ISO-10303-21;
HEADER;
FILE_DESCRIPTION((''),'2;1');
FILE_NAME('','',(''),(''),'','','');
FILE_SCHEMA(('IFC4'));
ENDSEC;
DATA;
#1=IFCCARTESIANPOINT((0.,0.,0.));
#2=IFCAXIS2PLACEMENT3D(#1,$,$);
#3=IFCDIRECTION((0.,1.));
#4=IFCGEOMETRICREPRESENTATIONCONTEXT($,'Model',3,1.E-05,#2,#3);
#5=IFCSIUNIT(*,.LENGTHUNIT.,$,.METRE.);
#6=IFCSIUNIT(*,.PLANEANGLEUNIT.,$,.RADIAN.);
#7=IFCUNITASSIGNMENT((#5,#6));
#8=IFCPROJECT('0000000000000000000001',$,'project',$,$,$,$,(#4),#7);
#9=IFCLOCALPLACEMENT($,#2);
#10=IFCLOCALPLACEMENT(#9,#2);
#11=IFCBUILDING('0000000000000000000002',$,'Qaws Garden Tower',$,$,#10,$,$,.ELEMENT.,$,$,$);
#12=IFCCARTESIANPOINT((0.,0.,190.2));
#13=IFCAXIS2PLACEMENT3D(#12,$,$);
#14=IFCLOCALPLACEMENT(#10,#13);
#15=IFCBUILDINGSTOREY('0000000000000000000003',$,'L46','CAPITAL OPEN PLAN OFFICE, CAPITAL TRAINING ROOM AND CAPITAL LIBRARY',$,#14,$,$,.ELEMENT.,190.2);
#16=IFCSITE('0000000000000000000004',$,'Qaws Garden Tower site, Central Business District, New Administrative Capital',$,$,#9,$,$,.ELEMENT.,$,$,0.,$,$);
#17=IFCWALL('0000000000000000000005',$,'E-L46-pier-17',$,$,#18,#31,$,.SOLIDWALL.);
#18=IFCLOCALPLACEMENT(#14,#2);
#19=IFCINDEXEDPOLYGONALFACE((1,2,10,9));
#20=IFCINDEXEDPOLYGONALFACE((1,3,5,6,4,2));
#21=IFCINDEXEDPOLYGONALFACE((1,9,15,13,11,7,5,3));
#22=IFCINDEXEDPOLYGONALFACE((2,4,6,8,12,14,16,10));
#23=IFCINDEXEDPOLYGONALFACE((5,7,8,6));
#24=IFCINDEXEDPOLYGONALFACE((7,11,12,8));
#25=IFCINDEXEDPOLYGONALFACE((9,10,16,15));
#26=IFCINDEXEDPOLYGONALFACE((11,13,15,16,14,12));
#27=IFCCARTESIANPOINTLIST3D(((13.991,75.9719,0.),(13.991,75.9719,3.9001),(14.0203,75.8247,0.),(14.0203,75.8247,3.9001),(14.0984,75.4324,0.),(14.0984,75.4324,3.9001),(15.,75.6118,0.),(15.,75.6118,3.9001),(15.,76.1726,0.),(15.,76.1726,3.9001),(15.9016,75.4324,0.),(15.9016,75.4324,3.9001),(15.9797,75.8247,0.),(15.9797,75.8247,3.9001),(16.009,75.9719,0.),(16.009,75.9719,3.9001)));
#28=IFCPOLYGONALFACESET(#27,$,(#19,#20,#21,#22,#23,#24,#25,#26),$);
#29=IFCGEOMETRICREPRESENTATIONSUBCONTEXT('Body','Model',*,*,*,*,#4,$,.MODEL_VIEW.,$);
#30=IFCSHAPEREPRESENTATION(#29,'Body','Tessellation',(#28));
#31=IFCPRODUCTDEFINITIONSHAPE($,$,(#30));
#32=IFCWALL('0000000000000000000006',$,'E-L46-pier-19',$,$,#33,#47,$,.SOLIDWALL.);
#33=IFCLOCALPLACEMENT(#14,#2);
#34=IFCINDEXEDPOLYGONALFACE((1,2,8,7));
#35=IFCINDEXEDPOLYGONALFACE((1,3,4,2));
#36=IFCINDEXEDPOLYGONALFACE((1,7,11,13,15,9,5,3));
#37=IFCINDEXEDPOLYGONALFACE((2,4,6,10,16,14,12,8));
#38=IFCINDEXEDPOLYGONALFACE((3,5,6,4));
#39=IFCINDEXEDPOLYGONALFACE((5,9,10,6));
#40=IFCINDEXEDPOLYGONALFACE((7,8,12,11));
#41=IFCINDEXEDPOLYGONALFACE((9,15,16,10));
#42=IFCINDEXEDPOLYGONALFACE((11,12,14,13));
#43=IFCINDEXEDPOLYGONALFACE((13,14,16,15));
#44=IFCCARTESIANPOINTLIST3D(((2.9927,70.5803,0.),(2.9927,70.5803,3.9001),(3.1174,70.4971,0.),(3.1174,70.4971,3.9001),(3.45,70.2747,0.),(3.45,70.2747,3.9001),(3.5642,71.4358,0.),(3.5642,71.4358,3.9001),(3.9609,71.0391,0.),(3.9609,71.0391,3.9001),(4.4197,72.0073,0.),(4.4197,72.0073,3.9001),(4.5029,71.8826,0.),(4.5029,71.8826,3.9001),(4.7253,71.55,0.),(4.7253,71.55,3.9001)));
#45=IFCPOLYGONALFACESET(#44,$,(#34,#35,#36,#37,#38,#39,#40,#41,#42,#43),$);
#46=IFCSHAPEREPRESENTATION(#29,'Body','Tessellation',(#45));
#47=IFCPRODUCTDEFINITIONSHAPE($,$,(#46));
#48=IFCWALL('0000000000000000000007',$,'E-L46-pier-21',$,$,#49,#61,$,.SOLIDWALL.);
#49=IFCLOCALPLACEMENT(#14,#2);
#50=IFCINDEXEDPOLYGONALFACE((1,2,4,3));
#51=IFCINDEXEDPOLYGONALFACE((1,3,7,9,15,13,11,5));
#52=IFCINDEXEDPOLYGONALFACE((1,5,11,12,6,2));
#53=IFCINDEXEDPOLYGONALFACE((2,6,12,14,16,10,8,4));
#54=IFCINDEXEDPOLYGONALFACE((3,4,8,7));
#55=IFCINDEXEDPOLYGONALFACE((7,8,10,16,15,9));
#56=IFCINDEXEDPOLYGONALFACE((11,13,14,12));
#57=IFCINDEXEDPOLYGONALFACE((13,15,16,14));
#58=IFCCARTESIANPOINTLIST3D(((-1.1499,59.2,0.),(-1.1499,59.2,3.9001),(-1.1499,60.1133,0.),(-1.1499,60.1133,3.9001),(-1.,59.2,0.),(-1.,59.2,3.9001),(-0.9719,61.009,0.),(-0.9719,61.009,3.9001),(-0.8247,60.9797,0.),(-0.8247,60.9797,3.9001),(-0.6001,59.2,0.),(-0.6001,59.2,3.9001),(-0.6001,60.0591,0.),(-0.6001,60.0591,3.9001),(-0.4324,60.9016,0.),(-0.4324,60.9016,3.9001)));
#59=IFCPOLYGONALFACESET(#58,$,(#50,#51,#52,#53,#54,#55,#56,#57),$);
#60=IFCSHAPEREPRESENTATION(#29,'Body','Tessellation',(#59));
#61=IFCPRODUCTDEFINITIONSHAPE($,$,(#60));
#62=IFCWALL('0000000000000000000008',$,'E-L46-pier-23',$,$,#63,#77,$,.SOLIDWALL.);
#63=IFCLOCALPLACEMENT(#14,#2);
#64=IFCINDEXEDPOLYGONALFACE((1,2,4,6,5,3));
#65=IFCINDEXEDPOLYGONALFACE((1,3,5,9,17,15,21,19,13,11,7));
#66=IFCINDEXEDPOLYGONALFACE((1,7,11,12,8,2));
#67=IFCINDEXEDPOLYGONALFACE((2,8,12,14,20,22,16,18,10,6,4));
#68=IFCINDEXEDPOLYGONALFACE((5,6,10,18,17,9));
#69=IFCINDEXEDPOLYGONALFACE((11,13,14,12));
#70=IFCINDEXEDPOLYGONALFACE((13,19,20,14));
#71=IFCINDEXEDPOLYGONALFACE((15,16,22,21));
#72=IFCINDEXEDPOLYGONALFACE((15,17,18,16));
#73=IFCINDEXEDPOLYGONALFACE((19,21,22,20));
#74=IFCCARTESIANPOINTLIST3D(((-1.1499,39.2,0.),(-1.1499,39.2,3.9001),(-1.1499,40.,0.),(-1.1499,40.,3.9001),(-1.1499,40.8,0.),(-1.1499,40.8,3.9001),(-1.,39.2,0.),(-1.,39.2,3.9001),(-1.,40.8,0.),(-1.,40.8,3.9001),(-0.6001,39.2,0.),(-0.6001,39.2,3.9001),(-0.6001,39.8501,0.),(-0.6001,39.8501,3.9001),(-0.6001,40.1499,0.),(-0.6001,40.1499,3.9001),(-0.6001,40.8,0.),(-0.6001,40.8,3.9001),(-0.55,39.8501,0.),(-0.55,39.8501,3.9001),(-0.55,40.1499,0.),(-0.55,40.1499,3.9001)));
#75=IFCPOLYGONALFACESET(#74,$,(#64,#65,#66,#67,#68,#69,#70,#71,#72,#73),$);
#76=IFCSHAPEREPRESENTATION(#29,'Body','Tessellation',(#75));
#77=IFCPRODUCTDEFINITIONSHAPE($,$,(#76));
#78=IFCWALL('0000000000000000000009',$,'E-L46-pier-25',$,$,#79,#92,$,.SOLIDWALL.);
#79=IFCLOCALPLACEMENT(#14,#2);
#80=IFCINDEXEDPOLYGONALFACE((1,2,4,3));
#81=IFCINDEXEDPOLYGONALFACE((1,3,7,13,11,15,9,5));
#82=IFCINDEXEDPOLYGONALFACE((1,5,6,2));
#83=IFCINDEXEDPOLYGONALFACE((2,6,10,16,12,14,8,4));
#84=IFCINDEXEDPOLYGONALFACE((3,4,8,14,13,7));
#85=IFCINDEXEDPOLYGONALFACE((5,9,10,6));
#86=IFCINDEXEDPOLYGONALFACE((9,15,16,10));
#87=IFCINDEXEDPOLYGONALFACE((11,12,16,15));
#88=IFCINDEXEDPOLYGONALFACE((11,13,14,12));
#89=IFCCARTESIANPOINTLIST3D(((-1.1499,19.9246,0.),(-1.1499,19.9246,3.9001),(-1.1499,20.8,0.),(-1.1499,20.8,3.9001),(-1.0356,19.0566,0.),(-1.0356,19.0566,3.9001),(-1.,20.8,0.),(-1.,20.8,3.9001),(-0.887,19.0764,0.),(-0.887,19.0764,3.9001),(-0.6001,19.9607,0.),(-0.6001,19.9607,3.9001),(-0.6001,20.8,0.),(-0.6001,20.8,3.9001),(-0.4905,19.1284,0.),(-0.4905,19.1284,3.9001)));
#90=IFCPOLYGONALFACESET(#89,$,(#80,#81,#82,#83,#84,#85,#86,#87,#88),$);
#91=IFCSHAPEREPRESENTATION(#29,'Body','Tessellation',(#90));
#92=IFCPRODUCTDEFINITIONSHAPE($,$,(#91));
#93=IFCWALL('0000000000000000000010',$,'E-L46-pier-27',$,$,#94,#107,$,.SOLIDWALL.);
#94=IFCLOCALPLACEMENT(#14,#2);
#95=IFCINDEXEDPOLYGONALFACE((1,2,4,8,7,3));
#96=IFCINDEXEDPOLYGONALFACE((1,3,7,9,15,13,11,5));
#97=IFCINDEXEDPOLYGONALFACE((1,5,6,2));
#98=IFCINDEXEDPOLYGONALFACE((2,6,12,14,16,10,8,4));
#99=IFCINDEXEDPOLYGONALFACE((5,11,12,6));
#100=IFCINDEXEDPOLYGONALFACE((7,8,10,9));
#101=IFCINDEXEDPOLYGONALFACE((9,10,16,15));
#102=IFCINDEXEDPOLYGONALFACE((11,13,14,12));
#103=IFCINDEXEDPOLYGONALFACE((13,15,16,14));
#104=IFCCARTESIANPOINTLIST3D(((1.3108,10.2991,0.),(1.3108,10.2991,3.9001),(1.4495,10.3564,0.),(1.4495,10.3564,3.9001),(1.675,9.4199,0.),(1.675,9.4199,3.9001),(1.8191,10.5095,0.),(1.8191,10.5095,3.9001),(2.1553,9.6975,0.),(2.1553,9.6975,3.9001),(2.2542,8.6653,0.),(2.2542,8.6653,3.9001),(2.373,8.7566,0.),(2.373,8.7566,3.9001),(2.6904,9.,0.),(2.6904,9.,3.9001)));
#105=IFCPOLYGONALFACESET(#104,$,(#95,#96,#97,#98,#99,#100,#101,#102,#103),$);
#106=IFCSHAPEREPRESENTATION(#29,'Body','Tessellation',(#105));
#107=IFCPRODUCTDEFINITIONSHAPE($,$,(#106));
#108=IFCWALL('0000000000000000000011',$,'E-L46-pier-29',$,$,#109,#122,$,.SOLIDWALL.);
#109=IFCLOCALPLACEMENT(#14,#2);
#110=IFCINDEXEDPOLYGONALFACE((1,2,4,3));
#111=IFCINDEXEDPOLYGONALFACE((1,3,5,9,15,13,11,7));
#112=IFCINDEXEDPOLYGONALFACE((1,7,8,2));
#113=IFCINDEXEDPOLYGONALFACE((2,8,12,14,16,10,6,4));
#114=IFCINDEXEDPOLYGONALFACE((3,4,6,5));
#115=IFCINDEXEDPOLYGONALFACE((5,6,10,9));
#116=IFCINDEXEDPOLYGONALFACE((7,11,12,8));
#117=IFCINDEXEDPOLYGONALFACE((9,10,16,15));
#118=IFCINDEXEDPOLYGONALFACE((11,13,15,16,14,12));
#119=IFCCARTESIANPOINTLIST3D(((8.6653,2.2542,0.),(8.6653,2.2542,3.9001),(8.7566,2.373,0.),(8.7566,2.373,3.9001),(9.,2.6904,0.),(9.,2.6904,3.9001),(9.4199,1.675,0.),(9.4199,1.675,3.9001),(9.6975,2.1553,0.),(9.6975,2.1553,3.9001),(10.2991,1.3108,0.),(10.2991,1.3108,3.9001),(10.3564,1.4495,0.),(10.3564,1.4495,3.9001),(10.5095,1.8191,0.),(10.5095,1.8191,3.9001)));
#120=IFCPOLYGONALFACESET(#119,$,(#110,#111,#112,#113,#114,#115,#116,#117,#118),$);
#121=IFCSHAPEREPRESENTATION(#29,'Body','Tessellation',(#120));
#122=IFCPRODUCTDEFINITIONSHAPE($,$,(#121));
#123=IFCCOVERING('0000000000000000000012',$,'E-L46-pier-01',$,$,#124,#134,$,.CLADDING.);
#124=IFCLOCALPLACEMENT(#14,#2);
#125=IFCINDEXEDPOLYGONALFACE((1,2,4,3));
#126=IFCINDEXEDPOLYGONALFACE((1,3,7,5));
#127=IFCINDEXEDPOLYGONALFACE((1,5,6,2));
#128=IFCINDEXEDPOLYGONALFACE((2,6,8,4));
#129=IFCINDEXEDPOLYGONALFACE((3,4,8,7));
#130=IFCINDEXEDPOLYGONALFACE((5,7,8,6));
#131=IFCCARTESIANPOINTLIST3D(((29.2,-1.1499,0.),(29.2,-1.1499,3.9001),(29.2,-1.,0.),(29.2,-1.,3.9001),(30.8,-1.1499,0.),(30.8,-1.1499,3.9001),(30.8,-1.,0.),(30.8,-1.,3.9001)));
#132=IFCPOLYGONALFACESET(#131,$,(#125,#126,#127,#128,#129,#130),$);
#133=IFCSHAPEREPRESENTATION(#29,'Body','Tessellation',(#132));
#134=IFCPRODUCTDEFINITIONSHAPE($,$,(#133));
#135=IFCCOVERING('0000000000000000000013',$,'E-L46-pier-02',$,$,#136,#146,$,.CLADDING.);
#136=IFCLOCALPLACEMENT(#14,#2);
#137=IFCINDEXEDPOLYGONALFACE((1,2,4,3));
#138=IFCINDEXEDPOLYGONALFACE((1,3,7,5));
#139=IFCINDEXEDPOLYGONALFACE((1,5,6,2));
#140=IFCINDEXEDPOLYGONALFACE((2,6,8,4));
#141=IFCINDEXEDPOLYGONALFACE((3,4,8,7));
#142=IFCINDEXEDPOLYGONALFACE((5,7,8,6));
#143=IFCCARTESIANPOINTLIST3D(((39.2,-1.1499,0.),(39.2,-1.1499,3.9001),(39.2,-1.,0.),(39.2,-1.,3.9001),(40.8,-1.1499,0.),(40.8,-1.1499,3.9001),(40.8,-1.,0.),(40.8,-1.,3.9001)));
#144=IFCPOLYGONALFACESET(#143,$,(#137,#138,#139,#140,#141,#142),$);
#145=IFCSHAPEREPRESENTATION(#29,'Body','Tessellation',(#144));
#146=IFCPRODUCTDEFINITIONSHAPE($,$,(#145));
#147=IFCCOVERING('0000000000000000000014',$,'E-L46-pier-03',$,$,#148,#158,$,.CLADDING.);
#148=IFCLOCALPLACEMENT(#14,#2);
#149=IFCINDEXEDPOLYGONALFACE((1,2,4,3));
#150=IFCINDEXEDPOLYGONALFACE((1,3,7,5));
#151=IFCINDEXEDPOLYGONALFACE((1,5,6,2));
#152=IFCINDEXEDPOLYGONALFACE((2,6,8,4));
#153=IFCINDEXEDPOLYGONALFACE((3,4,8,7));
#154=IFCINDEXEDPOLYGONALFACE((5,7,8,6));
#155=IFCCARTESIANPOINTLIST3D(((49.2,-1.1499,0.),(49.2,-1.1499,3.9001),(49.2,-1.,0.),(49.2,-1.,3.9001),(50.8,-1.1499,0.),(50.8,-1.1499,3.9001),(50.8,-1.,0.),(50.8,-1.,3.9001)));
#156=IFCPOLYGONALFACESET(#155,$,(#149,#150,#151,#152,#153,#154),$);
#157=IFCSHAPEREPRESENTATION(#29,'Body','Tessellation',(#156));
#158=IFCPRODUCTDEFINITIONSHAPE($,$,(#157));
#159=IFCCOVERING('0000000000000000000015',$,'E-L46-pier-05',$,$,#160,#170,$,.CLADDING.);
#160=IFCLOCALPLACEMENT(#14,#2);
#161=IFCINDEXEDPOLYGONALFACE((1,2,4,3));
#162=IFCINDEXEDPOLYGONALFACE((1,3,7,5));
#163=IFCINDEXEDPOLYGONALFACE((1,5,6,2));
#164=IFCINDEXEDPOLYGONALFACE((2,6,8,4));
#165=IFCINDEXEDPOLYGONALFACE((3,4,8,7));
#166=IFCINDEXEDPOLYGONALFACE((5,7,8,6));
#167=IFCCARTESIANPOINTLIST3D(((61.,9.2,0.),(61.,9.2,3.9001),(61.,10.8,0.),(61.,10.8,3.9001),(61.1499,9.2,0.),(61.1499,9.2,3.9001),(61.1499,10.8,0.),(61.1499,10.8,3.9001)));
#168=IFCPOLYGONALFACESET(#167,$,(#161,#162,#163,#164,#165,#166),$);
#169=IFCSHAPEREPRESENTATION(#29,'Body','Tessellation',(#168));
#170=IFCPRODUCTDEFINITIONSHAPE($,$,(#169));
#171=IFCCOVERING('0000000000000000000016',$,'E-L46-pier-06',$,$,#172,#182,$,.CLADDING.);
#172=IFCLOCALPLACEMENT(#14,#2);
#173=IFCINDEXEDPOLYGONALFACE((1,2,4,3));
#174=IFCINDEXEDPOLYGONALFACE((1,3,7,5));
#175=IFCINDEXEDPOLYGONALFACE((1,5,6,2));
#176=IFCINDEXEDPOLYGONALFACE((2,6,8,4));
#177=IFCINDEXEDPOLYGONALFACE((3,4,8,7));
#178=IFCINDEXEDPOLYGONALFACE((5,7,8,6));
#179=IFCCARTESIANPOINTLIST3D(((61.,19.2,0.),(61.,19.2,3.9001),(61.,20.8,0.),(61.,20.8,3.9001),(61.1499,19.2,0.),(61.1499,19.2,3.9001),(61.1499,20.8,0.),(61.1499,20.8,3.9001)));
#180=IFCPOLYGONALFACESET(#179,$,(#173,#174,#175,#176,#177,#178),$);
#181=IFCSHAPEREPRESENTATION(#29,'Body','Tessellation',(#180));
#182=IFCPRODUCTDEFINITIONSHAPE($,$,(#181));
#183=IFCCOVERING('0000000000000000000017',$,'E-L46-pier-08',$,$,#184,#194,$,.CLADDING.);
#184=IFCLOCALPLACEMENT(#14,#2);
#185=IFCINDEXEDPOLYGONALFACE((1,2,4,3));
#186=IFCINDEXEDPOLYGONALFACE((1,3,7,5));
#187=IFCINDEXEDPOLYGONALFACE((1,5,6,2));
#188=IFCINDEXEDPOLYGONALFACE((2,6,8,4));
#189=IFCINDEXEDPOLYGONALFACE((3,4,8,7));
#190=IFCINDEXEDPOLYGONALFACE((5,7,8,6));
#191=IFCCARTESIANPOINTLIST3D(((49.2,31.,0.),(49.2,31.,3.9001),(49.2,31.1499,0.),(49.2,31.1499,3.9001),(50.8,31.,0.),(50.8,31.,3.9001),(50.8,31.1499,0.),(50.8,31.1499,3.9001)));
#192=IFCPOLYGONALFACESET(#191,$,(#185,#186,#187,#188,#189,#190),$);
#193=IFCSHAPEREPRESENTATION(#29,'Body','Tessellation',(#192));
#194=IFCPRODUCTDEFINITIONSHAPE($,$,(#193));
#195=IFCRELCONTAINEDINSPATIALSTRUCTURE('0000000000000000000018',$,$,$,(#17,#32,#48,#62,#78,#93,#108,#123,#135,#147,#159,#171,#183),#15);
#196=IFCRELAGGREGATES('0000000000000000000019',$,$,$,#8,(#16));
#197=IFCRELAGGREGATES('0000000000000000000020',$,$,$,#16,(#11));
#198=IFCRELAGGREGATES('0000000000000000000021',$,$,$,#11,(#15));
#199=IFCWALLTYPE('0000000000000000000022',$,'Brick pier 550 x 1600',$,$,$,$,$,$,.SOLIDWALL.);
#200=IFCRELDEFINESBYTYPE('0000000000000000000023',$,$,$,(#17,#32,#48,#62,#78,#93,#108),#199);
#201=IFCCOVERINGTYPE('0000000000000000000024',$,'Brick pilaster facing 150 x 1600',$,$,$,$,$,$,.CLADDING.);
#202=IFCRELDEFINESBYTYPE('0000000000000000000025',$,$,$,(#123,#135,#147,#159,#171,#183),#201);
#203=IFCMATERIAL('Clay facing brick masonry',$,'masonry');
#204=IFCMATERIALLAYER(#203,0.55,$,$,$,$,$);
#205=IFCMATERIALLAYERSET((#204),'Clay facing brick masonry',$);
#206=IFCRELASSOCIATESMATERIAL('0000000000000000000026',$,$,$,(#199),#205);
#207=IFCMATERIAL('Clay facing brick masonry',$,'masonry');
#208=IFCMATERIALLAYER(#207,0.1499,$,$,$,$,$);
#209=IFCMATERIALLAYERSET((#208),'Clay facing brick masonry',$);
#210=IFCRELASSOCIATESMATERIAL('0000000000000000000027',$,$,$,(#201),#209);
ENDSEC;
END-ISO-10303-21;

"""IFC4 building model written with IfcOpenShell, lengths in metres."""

from ifc_helpers import new_model, si_unit, direction, frame, origin, place, context, subcontext, project, spatial, polyline, outline, extrude, material, layer, layer_set, type_object, element, save


model = new_model("IFC4")

# Units and contexts
model_context = context("Model", 3, precision=1e-05, world=origin(), true_north=direction((0.0, 1.0)))
body_context = subcontext(model_context, "Body", "Model", "MODEL_VIEW")
ifc_project = project(units=[si_unit("LENGTHUNIT", "METRE"), si_unit("PLANEANGLEUNIT", "RADIAN")], contexts=[model_context])

# Site, building, storey
site_placement = place(None, origin())
site = spatial("IfcSite", under=ifc_project, at=site_placement, Name="Qaws Garden Tower site, Central Business District, New Administrative Capital", CompositionType="ELEMENT", RefElevation=0.0)
building_placement = place(site_placement, origin())
building = spatial("IfcBuilding", under=site, at=building_placement, Name="Qaws Garden Tower", CompositionType="ELEMENT")
storey_placement = place(building_placement, frame((0.0, 0.0, 190.2)))
storey = spatial("IfcBuildingStorey", under=building, at=storey_placement, Name="L46", Description="CAPITAL OPEN PLAN OFFICE, CAPITAL TRAINING ROOM AND CAPITAL LIBRARY", CompositionType="ELEMENT", Elevation=190.2)

# Walls
placement = place(storey_placement, origin())
ifc_material_1 = material(Name="Clay facing brick masonry", Category="masonry")
ifc_layer_1 = layer(ifc_material_1, 0.55)
ifc_layer_set_1 = layer_set([ifc_layer_1], Name="Clay facing brick masonry")
wall_type_1 = type_object("IfcWallType", Name="Brick pier 550 x 1600", PredefinedType="SOLIDWALL", material=ifc_layer_set_1)
element("IfcWall", 1, at=placement, inside=storey, type_object=wall_type_1, Name="E-L46-pier-17", PredefinedType="SOLIDWALL", context=body_context, shape_type="SweptSolid", body=[
    extrude(outline(polyline([(15.9797, 75.8247), (16.009, 75.9719), (15.0, 76.1726), (13.991, 75.9719), (14.0203, 75.8247), (14.0984, 75.4324), (15.0, 75.6118), (15.9016, 75.4324), (15.9797, 75.8247)])), origin(), (0.0, 0.0, 1.0), 3.9001),
])
element("IfcWall", 2, at=placement, inside=storey, type_object=wall_type_1, Name="E-L46-pier-19", PredefinedType="SOLIDWALL", context=body_context, shape_type="SweptSolid", body=[
    extrude(outline(polyline([(4.5029, 71.8826), (4.4197, 72.0073), (3.5642, 71.4358), (2.9927, 70.5803), (3.1174, 70.4971), (3.45, 70.2747), (3.9609, 71.0391), (4.7253, 71.55), (4.5029, 71.8826)])), origin(), (0.0, 0.0, 1.0), 3.9001),
])
element("IfcWall", 3, at=placement, inside=storey, type_object=wall_type_1, Name="E-L46-pier-21", PredefinedType="SOLIDWALL", context=body_context, shape_type="SweptSolid", body=[
    extrude(outline(polyline([(-0.8247, 60.9797), (-0.9719, 61.009), (-1.1499, 60.1133), (-1.1499, 59.2), (-1.0, 59.2), (-0.6001, 59.2), (-0.6001, 60.0591), (-0.4324, 60.9016), (-0.8247, 60.9797)])), origin(), (0.0, 0.0, 1.0), 3.9001),
])
element("IfcWall", 4, at=placement, inside=storey, type_object=wall_type_1, Name="E-L46-pier-23", PredefinedType="SOLIDWALL", context=body_context, shape_type="SweptSolid", body=[
    extrude(outline(polyline([(-0.6001, 39.2), (-0.6001, 39.8501), (-0.55, 39.8501), (-0.55, 40.1499), (-0.6001, 40.1499), (-0.6001, 40.8), (-1.0, 40.8), (-1.1499, 40.8), (-1.1499, 40.0), (-1.1499, 39.2), (-1.0, 39.2), (-0.6001, 39.2)])), origin(), (0.0, 0.0, 1.0), 3.9001),
])
element("IfcWall", 5, at=placement, inside=storey, type_object=wall_type_1, Name="E-L46-pier-25", PredefinedType="SOLIDWALL", context=body_context, shape_type="SweptSolid", body=[
    extrude(outline(polyline([(-1.0, 20.8), (-1.1499, 20.8), (-1.1499, 19.9246), (-1.0356, 19.0566), (-0.887, 19.0764), (-0.4905, 19.1284), (-0.6001, 19.9607), (-0.6001, 20.8), (-1.0, 20.8)])), origin(), (0.0, 0.0, 1.0), 3.9001),
])
element("IfcWall", 6, at=placement, inside=storey, type_object=wall_type_1, Name="E-L46-pier-27", PredefinedType="SOLIDWALL", context=body_context, shape_type="SweptSolid", body=[
    extrude(outline(polyline([(1.4495, 10.3564), (1.3108, 10.2991), (1.675, 9.4199), (2.2542, 8.6653), (2.373, 8.7566), (2.6904, 9.0), (2.1553, 9.6975), (1.8191, 10.5095), (1.4495, 10.3564)])), origin(), (0.0, 0.0, 1.0), 3.9001),
])
element("IfcWall", 7, at=placement, inside=storey, type_object=wall_type_1, Name="E-L46-pier-29", PredefinedType="SOLIDWALL", context=body_context, shape_type="SweptSolid", body=[
    extrude(outline(polyline([(8.7566, 2.373), (8.6653, 2.2542), (9.4199, 1.675), (10.2991, 1.3108), (10.3564, 1.4495), (10.5095, 1.8191), (9.6975, 2.1553), (9.0, 2.6904), (8.7566, 2.373)])), origin(), (0.0, 0.0, 1.0), 3.9001),
])

# Coverings
ifc_material_2 = material(Name="Clay facing brick masonry", Category="masonry")
ifc_layer_2 = layer(ifc_material_2, 0.1499)
ifc_layer_set_2 = layer_set([ifc_layer_2], Name="Clay facing brick masonry")
covering_type = type_object("IfcCoveringType", Name="Brick pilaster facing 150 x 1600", PredefinedType="CLADDING", material=ifc_layer_set_2)
element("IfcCovering", 8, at=placement, inside=storey, type_object=covering_type, Name="E-L46-pier-01", PredefinedType="CLADDING", context=body_context, shape_type="SweptSolid", body=[
    extrude(outline(polyline([(29.2, -1.0), (30.8, -1.0), (30.8, -1.1499), (29.2, -1.1499), (29.2, -1.0)])), origin(), (0.0, 0.0, 1.0), 3.9001),
])
element("IfcCovering", 9, at=placement, inside=storey, type_object=covering_type, Name="E-L46-pier-02", PredefinedType="CLADDING", context=body_context, shape_type="SweptSolid", body=[
    extrude(outline(polyline([(39.2, -1.0), (40.8, -1.0), (40.8, -1.1499), (39.2, -1.1499), (39.2, -1.0)])), origin(), (0.0, 0.0, 1.0), 3.9001),
])
element("IfcCovering", 10, at=placement, inside=storey, type_object=covering_type, Name="E-L46-pier-03", PredefinedType="CLADDING", context=body_context, shape_type="SweptSolid", body=[
    extrude(outline(polyline([(49.2, -1.0), (50.8, -1.0), (50.8, -1.1499), (49.2, -1.1499), (49.2, -1.0)])), origin(), (0.0, 0.0, 1.0), 3.9001),
])
element("IfcCovering", 11, at=placement, inside=storey, type_object=covering_type, Name="E-L46-pier-05", PredefinedType="CLADDING", context=body_context, shape_type="SweptSolid", body=[
    extrude(outline(polyline([(61.0, 9.2), (61.0, 10.8), (61.1499, 10.8), (61.1499, 9.2), (61.0, 9.2)])), origin(), (0.0, 0.0, 1.0), 3.9001),
])
element("IfcCovering", 12, at=placement, inside=storey, type_object=covering_type, Name="E-L46-pier-06", PredefinedType="CLADDING", context=body_context, shape_type="SweptSolid", body=[
    extrude(outline(polyline([(61.0, 19.2), (61.0, 20.8), (61.1499, 20.8), (61.1499, 19.2), (61.0, 19.2)])), origin(), (0.0, 0.0, 1.0), 3.9001),
])
element("IfcCovering", 13, at=placement, inside=storey, type_object=covering_type, Name="E-L46-pier-08", PredefinedType="CLADDING", context=body_context, shape_type="SweptSolid", body=[
    extrude(outline(polyline([(50.8, 31.0), (49.2, 31.0), (49.2, 31.1499), (50.8, 31.1499), (50.8, 31.0)])), origin(), (0.0, 0.0, 1.0), 3.9001),
])

save(model, "model.ifc")
